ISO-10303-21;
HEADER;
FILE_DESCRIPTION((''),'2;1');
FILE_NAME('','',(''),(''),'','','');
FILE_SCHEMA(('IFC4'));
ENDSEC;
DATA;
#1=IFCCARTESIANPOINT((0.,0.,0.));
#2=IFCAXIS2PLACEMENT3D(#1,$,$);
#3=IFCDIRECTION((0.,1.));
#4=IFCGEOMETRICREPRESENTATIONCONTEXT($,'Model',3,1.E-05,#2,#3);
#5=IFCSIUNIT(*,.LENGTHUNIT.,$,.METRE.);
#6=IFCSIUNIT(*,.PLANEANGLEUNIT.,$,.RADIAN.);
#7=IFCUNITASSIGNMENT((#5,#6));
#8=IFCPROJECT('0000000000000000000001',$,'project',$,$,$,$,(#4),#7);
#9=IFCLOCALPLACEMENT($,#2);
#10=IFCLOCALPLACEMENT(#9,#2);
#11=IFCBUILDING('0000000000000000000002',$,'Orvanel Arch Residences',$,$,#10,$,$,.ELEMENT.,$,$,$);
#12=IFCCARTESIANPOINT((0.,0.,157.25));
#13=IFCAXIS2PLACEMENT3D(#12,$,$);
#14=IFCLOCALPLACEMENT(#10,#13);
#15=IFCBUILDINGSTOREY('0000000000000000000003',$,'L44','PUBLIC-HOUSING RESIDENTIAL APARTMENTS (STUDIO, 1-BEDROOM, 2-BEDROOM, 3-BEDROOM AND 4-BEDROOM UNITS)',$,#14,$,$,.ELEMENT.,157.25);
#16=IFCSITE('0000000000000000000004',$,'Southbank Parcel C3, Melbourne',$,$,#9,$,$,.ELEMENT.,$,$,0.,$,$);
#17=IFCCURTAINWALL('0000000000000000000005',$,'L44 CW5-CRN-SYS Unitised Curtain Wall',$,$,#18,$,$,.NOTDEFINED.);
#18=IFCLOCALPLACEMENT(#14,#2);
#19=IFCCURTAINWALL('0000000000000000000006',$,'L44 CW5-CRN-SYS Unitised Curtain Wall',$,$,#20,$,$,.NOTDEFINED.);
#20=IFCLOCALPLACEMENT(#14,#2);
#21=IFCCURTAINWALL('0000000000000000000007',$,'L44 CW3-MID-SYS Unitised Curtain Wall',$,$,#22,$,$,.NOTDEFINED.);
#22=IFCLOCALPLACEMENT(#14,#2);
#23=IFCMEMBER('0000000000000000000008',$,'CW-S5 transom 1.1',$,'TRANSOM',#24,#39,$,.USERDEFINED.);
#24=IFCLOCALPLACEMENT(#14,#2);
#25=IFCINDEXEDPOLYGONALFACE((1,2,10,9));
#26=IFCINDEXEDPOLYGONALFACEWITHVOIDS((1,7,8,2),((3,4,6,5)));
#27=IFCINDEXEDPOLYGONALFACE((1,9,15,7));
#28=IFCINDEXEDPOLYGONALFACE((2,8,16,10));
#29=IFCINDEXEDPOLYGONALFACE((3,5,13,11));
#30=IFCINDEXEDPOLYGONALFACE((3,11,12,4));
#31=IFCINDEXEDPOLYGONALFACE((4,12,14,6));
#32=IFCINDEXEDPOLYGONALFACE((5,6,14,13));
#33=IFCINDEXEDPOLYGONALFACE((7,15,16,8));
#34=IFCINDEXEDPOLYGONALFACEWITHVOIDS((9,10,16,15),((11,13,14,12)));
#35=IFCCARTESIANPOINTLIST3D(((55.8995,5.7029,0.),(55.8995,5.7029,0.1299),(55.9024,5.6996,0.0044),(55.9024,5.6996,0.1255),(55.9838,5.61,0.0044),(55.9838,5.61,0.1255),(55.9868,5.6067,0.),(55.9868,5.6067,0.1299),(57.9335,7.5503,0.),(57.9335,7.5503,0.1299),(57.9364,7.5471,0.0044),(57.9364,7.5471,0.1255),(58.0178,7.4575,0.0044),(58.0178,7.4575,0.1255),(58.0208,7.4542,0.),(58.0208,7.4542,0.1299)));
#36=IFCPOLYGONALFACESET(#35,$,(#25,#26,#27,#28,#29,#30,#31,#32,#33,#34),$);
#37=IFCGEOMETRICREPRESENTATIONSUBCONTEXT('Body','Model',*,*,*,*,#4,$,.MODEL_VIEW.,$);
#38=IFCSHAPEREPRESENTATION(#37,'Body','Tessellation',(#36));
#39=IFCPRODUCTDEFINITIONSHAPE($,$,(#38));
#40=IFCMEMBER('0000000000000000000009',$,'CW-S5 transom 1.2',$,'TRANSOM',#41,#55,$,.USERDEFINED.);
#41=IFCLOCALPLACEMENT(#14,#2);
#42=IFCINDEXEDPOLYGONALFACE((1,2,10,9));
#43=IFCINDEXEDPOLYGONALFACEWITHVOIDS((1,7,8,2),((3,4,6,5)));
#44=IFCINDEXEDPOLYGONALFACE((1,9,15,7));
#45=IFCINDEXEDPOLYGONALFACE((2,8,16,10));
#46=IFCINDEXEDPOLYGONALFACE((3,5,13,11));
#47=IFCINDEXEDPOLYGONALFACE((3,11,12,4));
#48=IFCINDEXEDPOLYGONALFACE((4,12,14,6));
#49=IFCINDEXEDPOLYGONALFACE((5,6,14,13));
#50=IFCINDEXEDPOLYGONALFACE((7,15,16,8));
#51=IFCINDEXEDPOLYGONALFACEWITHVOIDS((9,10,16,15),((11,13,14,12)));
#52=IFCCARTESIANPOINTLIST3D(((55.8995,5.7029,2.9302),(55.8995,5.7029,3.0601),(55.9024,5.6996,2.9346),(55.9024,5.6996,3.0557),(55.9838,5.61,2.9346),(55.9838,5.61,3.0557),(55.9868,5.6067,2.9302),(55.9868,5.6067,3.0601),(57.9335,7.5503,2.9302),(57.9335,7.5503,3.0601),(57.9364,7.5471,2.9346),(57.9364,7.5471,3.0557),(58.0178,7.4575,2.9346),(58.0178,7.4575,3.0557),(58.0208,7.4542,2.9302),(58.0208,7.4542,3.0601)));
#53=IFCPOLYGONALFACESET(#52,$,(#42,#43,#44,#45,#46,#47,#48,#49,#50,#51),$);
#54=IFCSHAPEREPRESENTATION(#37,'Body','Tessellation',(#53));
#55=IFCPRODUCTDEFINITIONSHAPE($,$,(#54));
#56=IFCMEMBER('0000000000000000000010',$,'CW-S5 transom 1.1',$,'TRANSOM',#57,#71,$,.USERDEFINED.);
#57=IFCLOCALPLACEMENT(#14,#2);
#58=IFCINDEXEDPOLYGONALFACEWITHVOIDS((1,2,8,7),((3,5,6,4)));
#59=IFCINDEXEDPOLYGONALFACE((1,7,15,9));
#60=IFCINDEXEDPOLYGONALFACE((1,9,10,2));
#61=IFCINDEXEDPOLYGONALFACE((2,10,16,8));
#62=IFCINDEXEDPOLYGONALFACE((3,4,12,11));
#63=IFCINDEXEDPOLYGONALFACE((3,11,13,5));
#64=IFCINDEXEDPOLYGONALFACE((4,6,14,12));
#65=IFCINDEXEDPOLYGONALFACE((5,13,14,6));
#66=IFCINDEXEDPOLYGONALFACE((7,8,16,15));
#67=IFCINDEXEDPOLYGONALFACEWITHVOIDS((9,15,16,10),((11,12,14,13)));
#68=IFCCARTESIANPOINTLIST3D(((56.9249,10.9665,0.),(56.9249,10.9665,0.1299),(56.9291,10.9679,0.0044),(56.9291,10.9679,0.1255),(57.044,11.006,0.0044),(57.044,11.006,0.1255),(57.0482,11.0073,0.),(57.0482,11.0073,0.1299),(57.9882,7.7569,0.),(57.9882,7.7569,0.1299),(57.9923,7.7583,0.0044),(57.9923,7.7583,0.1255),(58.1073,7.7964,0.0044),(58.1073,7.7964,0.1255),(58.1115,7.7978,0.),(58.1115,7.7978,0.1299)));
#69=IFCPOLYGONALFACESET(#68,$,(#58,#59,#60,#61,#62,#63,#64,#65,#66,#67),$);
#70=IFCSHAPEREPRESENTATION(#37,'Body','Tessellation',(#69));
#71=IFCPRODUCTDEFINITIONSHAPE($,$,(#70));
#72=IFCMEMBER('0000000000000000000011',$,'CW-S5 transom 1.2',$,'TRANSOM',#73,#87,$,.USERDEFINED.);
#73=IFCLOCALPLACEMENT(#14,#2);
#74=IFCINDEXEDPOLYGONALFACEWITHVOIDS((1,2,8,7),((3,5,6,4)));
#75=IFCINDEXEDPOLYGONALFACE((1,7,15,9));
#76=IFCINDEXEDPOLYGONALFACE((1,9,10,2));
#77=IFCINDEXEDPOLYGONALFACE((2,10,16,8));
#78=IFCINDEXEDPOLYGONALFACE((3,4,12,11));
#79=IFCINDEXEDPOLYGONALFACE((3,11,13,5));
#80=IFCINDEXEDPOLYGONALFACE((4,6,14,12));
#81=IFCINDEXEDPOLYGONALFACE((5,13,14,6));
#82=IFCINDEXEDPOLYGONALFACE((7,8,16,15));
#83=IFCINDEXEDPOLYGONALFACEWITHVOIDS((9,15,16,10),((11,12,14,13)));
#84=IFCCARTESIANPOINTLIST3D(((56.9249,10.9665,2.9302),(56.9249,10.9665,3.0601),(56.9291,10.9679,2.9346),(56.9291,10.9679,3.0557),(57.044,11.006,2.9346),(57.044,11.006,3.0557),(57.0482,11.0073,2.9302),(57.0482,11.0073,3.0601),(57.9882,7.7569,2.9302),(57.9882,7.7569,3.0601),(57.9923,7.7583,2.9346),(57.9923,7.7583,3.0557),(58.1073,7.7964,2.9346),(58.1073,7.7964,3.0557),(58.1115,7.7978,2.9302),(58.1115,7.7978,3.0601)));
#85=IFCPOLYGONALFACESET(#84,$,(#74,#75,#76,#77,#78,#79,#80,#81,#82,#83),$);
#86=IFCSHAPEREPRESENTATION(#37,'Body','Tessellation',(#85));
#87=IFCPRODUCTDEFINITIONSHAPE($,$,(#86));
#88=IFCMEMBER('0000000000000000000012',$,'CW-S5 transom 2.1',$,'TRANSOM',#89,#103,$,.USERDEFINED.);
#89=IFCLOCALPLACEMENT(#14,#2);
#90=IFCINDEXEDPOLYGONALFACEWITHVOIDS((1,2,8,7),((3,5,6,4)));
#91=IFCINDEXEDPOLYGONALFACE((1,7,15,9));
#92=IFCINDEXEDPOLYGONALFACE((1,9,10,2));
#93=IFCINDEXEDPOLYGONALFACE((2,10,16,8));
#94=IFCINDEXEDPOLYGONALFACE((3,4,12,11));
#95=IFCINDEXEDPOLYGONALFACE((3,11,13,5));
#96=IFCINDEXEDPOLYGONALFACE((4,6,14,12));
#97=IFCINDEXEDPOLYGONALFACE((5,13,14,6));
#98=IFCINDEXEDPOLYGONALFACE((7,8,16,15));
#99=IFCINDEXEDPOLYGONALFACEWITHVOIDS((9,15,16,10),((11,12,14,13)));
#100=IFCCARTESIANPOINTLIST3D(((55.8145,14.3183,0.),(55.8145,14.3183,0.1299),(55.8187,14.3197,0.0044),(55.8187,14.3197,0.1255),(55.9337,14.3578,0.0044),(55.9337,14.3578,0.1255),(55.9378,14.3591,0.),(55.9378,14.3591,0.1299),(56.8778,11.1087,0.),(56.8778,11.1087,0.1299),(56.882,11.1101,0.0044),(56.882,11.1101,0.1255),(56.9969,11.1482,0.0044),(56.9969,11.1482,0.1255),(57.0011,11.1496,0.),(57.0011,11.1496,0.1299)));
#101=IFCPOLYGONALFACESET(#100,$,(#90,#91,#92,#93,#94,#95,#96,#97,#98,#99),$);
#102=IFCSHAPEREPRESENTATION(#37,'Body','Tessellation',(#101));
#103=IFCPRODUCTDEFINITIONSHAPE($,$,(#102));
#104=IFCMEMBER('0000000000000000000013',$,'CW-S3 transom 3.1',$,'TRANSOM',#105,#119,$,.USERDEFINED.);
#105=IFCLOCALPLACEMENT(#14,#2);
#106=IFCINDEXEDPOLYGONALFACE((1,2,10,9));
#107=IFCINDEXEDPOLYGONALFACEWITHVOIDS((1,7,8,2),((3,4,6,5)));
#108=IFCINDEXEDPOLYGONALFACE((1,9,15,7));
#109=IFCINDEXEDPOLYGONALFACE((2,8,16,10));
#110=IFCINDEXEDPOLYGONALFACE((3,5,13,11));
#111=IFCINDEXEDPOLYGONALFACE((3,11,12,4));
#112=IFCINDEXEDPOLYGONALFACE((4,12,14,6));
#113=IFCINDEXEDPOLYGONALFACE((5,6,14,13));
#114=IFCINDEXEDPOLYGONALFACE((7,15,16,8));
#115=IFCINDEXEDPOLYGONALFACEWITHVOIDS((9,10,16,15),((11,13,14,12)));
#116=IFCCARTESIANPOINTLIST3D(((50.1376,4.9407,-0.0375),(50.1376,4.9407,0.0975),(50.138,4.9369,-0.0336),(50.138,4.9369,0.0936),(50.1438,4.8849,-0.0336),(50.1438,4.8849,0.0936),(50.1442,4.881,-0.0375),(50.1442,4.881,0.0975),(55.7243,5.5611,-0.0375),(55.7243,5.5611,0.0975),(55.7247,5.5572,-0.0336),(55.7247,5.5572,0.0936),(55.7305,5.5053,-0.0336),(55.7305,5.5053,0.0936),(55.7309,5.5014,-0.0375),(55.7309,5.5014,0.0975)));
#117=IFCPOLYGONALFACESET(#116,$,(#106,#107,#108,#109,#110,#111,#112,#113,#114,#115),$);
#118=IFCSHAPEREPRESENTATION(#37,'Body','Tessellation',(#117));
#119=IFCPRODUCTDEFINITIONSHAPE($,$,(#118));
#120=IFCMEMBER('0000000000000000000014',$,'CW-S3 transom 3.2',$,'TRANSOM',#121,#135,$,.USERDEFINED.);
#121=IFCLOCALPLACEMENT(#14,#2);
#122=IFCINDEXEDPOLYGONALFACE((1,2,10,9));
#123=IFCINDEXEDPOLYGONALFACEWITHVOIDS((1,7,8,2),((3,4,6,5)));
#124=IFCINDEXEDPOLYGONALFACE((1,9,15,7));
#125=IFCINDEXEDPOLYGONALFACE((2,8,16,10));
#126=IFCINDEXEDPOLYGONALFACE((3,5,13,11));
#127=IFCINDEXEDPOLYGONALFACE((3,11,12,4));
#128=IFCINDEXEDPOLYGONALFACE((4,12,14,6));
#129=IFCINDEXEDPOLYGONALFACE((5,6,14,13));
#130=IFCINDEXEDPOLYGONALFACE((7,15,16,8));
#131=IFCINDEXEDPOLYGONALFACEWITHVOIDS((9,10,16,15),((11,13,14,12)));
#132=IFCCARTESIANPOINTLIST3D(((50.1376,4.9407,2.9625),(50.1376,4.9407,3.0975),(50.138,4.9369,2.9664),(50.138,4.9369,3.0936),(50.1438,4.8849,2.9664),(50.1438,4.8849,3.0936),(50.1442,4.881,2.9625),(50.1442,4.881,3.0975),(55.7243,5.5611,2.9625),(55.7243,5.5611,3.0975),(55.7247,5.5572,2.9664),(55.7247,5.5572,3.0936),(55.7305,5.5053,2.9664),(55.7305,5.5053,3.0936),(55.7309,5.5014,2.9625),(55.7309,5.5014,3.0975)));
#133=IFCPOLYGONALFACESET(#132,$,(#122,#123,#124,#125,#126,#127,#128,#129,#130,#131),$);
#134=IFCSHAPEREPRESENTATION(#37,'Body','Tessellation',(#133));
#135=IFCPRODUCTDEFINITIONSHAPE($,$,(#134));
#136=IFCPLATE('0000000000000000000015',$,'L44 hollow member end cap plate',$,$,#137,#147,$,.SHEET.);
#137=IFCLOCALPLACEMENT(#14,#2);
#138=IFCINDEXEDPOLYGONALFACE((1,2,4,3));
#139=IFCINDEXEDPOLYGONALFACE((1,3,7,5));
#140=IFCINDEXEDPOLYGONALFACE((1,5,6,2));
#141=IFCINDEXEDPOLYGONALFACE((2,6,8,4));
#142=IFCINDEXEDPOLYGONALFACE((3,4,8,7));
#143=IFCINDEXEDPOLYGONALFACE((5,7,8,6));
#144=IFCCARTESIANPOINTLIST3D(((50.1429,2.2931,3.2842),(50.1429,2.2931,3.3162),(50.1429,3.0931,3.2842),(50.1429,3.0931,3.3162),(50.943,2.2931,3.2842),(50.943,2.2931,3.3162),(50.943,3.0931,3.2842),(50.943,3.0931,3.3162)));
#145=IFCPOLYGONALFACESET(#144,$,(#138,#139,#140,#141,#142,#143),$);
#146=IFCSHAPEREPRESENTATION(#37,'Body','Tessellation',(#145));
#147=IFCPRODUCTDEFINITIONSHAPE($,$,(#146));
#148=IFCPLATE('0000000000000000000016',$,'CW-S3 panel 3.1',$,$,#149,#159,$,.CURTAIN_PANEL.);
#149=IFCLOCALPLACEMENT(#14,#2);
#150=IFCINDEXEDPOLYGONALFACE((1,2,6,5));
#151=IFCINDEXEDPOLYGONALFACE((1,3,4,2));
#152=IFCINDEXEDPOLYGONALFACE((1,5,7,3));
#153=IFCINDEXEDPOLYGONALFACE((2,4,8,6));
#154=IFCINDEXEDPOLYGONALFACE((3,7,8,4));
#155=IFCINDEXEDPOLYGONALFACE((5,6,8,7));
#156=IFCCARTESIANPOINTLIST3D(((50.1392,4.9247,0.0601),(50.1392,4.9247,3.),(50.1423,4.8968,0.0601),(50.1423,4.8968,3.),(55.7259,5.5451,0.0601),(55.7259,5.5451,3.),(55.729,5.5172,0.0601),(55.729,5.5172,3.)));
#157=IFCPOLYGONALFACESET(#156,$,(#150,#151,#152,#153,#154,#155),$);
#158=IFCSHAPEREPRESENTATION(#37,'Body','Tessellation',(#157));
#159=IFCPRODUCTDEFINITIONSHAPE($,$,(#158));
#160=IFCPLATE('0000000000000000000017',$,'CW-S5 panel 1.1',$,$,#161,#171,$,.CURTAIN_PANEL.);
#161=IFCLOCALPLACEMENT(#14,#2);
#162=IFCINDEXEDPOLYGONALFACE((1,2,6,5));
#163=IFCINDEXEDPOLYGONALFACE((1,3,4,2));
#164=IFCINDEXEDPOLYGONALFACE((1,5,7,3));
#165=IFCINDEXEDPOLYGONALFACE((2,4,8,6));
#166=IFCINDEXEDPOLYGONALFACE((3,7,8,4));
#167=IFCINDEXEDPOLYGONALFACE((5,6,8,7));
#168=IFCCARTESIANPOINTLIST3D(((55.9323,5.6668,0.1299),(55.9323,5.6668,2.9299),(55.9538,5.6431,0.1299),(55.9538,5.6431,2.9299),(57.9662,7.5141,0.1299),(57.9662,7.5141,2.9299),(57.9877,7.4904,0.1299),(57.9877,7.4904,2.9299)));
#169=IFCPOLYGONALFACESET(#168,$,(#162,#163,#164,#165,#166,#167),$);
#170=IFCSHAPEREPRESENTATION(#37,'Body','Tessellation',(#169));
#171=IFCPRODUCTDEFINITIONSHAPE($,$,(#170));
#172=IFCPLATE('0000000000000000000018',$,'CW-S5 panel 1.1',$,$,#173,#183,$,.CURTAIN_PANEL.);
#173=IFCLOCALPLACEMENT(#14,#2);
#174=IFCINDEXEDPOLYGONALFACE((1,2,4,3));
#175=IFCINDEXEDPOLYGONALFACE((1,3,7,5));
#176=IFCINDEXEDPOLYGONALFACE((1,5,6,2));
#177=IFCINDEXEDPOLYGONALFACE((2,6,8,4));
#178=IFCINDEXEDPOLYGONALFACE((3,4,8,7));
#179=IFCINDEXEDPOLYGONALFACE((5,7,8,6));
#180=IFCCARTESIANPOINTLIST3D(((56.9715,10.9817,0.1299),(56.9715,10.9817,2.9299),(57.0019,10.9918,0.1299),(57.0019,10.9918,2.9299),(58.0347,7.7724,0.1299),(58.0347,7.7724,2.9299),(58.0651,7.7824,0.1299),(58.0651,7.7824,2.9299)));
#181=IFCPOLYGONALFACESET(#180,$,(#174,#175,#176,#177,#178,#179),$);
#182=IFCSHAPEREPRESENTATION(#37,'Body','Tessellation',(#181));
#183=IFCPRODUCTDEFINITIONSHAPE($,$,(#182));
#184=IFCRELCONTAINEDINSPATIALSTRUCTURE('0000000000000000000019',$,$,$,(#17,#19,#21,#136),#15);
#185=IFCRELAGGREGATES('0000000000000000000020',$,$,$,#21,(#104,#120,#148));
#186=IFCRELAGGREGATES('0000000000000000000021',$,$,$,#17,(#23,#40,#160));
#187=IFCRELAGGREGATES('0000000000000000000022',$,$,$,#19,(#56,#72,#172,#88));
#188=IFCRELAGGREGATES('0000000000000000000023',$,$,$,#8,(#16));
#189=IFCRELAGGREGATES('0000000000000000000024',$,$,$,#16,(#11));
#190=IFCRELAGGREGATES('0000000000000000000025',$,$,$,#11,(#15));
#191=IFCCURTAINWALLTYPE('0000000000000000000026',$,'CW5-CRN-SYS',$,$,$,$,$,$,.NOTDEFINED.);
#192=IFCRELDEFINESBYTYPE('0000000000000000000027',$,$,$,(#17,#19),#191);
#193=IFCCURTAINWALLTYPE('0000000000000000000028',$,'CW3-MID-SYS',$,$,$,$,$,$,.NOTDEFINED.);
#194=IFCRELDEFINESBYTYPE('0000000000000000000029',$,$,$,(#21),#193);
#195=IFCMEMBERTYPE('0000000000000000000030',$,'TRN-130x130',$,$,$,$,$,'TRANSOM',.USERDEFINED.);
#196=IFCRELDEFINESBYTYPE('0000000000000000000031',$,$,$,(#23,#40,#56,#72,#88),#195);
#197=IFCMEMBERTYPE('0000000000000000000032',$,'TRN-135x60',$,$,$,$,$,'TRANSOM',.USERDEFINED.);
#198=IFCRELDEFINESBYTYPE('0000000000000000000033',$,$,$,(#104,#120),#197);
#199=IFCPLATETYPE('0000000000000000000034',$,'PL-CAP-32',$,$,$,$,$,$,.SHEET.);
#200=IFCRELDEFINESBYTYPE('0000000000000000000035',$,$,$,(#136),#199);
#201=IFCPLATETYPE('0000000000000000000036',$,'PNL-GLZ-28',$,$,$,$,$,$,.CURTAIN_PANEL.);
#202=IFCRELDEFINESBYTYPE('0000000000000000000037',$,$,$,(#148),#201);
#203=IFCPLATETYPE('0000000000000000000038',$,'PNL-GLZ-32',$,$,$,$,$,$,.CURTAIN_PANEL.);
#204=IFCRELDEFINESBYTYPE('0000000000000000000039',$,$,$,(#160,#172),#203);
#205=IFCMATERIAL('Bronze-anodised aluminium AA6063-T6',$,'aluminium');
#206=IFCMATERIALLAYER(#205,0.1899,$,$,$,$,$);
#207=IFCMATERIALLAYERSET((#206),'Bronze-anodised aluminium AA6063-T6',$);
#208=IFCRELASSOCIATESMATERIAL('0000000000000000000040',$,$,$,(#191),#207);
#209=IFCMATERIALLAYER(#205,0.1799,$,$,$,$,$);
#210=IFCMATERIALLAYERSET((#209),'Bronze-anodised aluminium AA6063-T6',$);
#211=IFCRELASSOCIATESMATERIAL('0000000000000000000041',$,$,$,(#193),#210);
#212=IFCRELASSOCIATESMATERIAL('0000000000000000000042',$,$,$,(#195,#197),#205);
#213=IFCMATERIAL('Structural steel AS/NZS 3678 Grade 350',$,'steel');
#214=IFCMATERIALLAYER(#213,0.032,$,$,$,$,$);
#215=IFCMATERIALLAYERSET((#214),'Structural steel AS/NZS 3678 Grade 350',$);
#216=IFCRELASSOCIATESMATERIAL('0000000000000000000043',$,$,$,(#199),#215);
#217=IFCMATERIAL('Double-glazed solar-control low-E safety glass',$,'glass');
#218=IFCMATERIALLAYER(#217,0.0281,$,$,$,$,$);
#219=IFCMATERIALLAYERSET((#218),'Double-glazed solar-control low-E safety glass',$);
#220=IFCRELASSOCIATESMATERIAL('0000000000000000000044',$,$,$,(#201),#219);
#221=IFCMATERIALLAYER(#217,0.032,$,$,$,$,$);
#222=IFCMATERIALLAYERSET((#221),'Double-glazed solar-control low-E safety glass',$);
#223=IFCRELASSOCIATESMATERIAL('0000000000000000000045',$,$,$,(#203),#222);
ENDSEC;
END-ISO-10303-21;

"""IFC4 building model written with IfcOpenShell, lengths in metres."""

from ifc_helpers import new_model, si_unit, direction, frame, origin, origin_2d, place, context, subcontext, project, spatial, rectangle, hollow_rectangle, extrude, material, layer, layer_set, material_profile, profile_set, type_object, element, aggregate, save


model = new_model("IFC4")

# Units and contexts
model_context = context("Model", 3, precision=1e-05, world=origin(), true_north=direction((0.0, 1.0)))
body_context = subcontext(model_context, "Body", "Model", "MODEL_VIEW")
ifc_project = project(units=[si_unit("LENGTHUNIT", "METRE"), si_unit("PLANEANGLEUNIT", "RADIAN")], contexts=[model_context])

# Site, building, storey
site_placement = place(None, origin())
site = spatial("IfcSite", under=ifc_project, at=site_placement, Name="Southbank Parcel C3, Melbourne", CompositionType="ELEMENT", RefElevation=0.0)
building_placement = place(site_placement, origin())
building = spatial("IfcBuilding", under=site, at=building_placement, Name="Orvanel Arch Residences", CompositionType="ELEMENT")
storey_placement = place(building_placement, frame((0.0, 0.0, 157.25)))
storey = spatial("IfcBuildingStorey", under=building, at=storey_placement, Name="L44", Description="PUBLIC-HOUSING RESIDENTIAL APARTMENTS (STUDIO, 1-BEDROOM, 2-BEDROOM, 3-BEDROOM AND 4-BEDROOM UNITS)", CompositionType="ELEMENT", Elevation=157.25)

# Curtain walls
ifc_material_1 = material(Name="Bronze-anodised aluminium AA6063-T6", Category="aluminium")
ifc_layer_1 = layer(ifc_material_1, 0.1899)
ifc_layer_set_1 = layer_set([ifc_layer_1], Name="Bronze-anodised aluminium AA6063-T6")
curtain_wall_type_1 = type_object("IfcCurtainWallType", Name="CW5-CRN-SYS", PredefinedType="NOTDEFINED", material=ifc_layer_set_1)
curtain_wall_1_placement = place(storey_placement, origin())
curtain_wall_1 = element("IfcCurtainWall", 1, at=curtain_wall_1_placement, inside=storey, type_object=curtain_wall_type_1, Name="L44 CW5-CRN-SYS Unitised Curtain Wall", PredefinedType="NOTDEFINED")
curtain_wall_2_placement = place(storey_placement, origin())
curtain_wall_2 = element("IfcCurtainWall", 2, at=curtain_wall_2_placement, inside=storey, type_object=curtain_wall_type_1, Name="L44 CW5-CRN-SYS Unitised Curtain Wall", PredefinedType="NOTDEFINED")

# Curtain wall
ifc_layer_2 = layer(ifc_material_1, 0.1799)
ifc_layer_set_2 = layer_set([ifc_layer_2], Name="Bronze-anodised aluminium AA6063-T6")
curtain_wall_type_2 = type_object("IfcCurtainWallType", Name="CW3-MID-SYS", PredefinedType="NOTDEFINED", material=ifc_layer_set_2)
curtain_wall_3_placement = place(storey_placement, origin())
curtain_wall_3 = element("IfcCurtainWall", 3, at=curtain_wall_3_placement, inside=storey, type_object=curtain_wall_type_2, Name="L44 CW3-MID-SYS Unitised Curtain Wall", PredefinedType="NOTDEFINED")

# Members
ifc_material_profile_1 = material_profile(ifc_material_1, hollow_rectangle(XDim=0.1299, YDim=0.1299, WallThickness=0.0044, at=origin_2d()), Name="ALU130x130x4.5")
ifc_profile_set_1 = profile_set([ifc_material_profile_1], Name="Bronze-anodised aluminium AA6063-T6")
member_type_1 = type_object("IfcMemberType", Name="TRN-130x130", ElementType="TRANSOM", PredefinedType="USERDEFINED", material=ifc_profile_set_1)
member_1_placement = place(storey_placement, frame((55.9431, 5.6548, 0.0649), z_axis=(0.740233, 0.67235, 0.0), x_axis=(-0.67235, 0.740233, 0.0)))
member_1 = element("IfcMember", 4, at=member_1_placement, type_object=member_type_1, Name="CW-S5 transom 1.1", ObjectType="TRANSOM", PredefinedType="USERDEFINED", context=body_context, shape_type="SweptSolid", body=[
    extrude(hollow_rectangle(XDim=0.1299, YDim=0.1299, WallThickness=0.0044, at=origin_2d()), origin(), (0.0, 0.0, 1.0), 2.7478),
])
member_2_placement = place(storey_placement, frame((55.9431, 5.6548, 2.9951), z_axis=(0.740233, 0.67235, 0.0), x_axis=(-0.67235, 0.740233, 0.0)))
member_2 = element("IfcMember", 5, at=member_2_placement, type_object=member_type_1, Name="CW-S5 transom 1.2", ObjectType="TRANSOM", PredefinedType="USERDEFINED", context=body_context, shape_type="SweptSolid", body=[
    extrude(hollow_rectangle(XDim=0.1299, YDim=0.1299, WallThickness=0.0044, at=origin_2d()), origin(), (0.0, 0.0, 1.0), 2.7478),
])
member_3_placement = place(storey_placement, frame((58.0498, 7.7773, 0.0649), z_axis=(-0.314473, 0.949267, 0.0), x_axis=(-0.949267, -0.314473, 0.0)))
member_3 = element("IfcMember", 6, at=member_3_placement, type_object=member_type_1, Name="CW-S5 transom 1.1", ObjectType="TRANSOM", PredefinedType="USERDEFINED", context=body_context, shape_type="SweptSolid", body=[
    extrude(hollow_rectangle(XDim=0.1299, YDim=0.1299, WallThickness=0.0044, at=origin_2d()), origin(), (0.0, 0.0, 1.0), 3.3811),
])
member_4_placement = place(storey_placement, frame((58.0498, 7.7773, 2.9951), z_axis=(-0.314473, 0.949267, 0.0), x_axis=(-0.949267, -0.314473, 0.0)))
member_4 = element("IfcMember", 7, at=member_4_placement, type_object=member_type_1, Name="CW-S5 transom 1.2", ObjectType="TRANSOM", PredefinedType="USERDEFINED", context=body_context, shape_type="SweptSolid", body=[
    extrude(hollow_rectangle(XDim=0.1299, YDim=0.1299, WallThickness=0.0044, at=origin_2d()), origin(), (0.0, 0.0, 1.0), 3.3811),
])
member_5_placement = place(storey_placement, frame((56.9395, 11.1292, 0.0649), z_axis=(-0.314473, 0.949267, 0.0), x_axis=(-0.949267, -0.314473, 0.0)))
member_5 = element("IfcMember", 8, at=member_5_placement, type_object=member_type_1, Name="CW-S5 transom 2.1", ObjectType="TRANSOM", PredefinedType="USERDEFINED", context=body_context, shape_type="SweptSolid", body=[
    extrude(hollow_rectangle(XDim=0.1299, YDim=0.1299, WallThickness=0.0044, at=origin_2d()), origin(), (0.0, 0.0, 1.0), 3.3811),
])
ifc_material_profile_2 = material_profile(ifc_material_1, hollow_rectangle(XDim=0.0601, YDim=0.135, WallThickness=0.0039, at=origin_2d()), Name="ALU135x60x4")
ifc_profile_set_2 = profile_set([ifc_material_profile_2], Name="Bronze-anodised aluminium AA6063-T6")
member_type_2 = type_object("IfcMemberType", Name="TRN-135x60", ElementType="TRANSOM", PredefinedType="USERDEFINED", material=ifc_profile_set_2)
member_6_placement = place(storey_placement, frame((50.1409, 4.9109, 0.03), z_axis=(0.993891, 0.110365, 0.0), x_axis=(-0.110365, 0.993891, 0.0)))
member_6 = element("IfcMember", 9, at=member_6_placement, type_object=member_type_2, Name="CW-S3 transom 3.1", ObjectType="TRANSOM", PredefinedType="USERDEFINED", context=body_context, shape_type="SweptSolid", body=[
    extrude(hollow_rectangle(XDim=0.0601, YDim=0.135, WallThickness=0.0039, at=origin_2d()), origin(), (0.0, 0.0, 1.0), 5.6211),
])
member_7_placement = place(storey_placement, frame((50.1409, 4.9109, 3.03), z_axis=(0.993891, 0.110365, 0.0), x_axis=(-0.110365, 0.993891, 0.0)))
member_7 = element("IfcMember", 10, at=member_7_placement, type_object=member_type_2, Name="CW-S3 transom 3.2", ObjectType="TRANSOM", PredefinedType="USERDEFINED", context=body_context, shape_type="SweptSolid", body=[
    extrude(hollow_rectangle(XDim=0.0601, YDim=0.135, WallThickness=0.0039, at=origin_2d()), origin(), (0.0, 0.0, 1.0), 5.6211),
])

# Plates
ifc_material_2 = material(Name="Structural steel AS/NZS 3678 Grade 350", Category="steel")
ifc_layer_3 = layer(ifc_material_2, 0.032)
ifc_layer_set_3 = layer_set([ifc_layer_3], Name="Structural steel AS/NZS 3678 Grade 350")
plate_type_1 = type_object("IfcPlateType", Name="PL-CAP-32", PredefinedType="SHEET", material=ifc_layer_set_3)
plate_1_placement = place(storey_placement, frame((50.543, 2.6931, 3.2842), z_axis=(0.0, 0.0, 1.0), x_axis=(1.0, 0.0, 0.0)))
element("IfcPlate", 11, at=plate_1_placement, inside=storey, type_object=plate_type_1, Name="L44 hollow member end cap plate", PredefinedType="SHEET", context=body_context, shape_type="SweptSolid", body=[
    extrude(rectangle(XDim=0.8, YDim=0.8, at=origin_2d()), origin(), (0.0, 0.0, 1.0), 0.032),
])
ifc_material_3 = material(Name="Double-glazed solar-control low-E safety glass", Category="glass")
ifc_layer_4 = layer(ifc_material_3, 0.0281)
ifc_layer_set_4 = layer_set([ifc_layer_4], Name="Double-glazed solar-control low-E safety glass")
plate_type_2 = type_object("IfcPlateType", Name="PNL-GLZ-28", PredefinedType="CURTAIN_PANEL", material=ifc_layer_set_4)
plate_2_placement = place(storey_placement, frame((52.9341, 5.2209, 0.0601), z_axis=(0.0, 0.0, 1.0), x_axis=(0.99389, 0.110374, 0.0)))
plate_2 = element("IfcPlate", 12, at=plate_2_placement, type_object=plate_type_2, Name="CW-S3 panel 3.1", PredefinedType="CURTAIN_PANEL", context=body_context, shape_type="SweptSolid", body=[
    extrude(rectangle(XDim=5.6211, YDim=0.0281, at=origin_2d()), origin(), (0.0, 0.0, 1.0), 2.9399),
])
aggregate(curtain_wall_3, [member_6, member_7, plate_2])
ifc_layer_5 = layer(ifc_material_3, 0.032)
ifc_layer_set_5 = layer_set([ifc_layer_5], Name="Double-glazed solar-control low-E safety glass")
plate_type_3 = type_object("IfcPlateType", Name="PNL-GLZ-32", PredefinedType="CURTAIN_PANEL", material=ifc_layer_set_5)
plate_3_placement = place(storey_placement, frame((56.96, 6.5786, 0.1299), z_axis=(0.0, 0.0, 1.0), x_axis=(0.740252, 0.67233, 0.0)))
plate_3 = element("IfcPlate", 13, at=plate_3_placement, type_object=plate_type_3, Name="CW-S5 panel 1.1", PredefinedType="CURTAIN_PANEL", context=body_context, shape_type="SweptSolid", body=[
    extrude(rectangle(XDim=2.7476, YDim=0.032, at=origin_2d()), origin(), (0.0, 0.0, 1.0), 2.8),
])
aggregate(curtain_wall_1, [member_1, member_2, plate_3])
plate_4_placement = place(storey_placement, frame((57.5183, 9.3821, 0.1299), z_axis=(0.0, 0.0, 1.0), x_axis=(-0.31448, 0.949264, 0.0)))
plate_4 = element("IfcPlate", 14, at=plate_4_placement, type_object=plate_type_3, Name="CW-S5 panel 1.1", PredefinedType="CURTAIN_PANEL", context=body_context, shape_type="SweptSolid", body=[
    extrude(rectangle(XDim=3.3809, YDim=0.032, at=origin_2d()), origin(), (0.0, 0.0, 1.0), 2.8),
])
aggregate(curtain_wall_2, [member_3, member_4, plate_4, member_5])

save(model, "model.ifc")
